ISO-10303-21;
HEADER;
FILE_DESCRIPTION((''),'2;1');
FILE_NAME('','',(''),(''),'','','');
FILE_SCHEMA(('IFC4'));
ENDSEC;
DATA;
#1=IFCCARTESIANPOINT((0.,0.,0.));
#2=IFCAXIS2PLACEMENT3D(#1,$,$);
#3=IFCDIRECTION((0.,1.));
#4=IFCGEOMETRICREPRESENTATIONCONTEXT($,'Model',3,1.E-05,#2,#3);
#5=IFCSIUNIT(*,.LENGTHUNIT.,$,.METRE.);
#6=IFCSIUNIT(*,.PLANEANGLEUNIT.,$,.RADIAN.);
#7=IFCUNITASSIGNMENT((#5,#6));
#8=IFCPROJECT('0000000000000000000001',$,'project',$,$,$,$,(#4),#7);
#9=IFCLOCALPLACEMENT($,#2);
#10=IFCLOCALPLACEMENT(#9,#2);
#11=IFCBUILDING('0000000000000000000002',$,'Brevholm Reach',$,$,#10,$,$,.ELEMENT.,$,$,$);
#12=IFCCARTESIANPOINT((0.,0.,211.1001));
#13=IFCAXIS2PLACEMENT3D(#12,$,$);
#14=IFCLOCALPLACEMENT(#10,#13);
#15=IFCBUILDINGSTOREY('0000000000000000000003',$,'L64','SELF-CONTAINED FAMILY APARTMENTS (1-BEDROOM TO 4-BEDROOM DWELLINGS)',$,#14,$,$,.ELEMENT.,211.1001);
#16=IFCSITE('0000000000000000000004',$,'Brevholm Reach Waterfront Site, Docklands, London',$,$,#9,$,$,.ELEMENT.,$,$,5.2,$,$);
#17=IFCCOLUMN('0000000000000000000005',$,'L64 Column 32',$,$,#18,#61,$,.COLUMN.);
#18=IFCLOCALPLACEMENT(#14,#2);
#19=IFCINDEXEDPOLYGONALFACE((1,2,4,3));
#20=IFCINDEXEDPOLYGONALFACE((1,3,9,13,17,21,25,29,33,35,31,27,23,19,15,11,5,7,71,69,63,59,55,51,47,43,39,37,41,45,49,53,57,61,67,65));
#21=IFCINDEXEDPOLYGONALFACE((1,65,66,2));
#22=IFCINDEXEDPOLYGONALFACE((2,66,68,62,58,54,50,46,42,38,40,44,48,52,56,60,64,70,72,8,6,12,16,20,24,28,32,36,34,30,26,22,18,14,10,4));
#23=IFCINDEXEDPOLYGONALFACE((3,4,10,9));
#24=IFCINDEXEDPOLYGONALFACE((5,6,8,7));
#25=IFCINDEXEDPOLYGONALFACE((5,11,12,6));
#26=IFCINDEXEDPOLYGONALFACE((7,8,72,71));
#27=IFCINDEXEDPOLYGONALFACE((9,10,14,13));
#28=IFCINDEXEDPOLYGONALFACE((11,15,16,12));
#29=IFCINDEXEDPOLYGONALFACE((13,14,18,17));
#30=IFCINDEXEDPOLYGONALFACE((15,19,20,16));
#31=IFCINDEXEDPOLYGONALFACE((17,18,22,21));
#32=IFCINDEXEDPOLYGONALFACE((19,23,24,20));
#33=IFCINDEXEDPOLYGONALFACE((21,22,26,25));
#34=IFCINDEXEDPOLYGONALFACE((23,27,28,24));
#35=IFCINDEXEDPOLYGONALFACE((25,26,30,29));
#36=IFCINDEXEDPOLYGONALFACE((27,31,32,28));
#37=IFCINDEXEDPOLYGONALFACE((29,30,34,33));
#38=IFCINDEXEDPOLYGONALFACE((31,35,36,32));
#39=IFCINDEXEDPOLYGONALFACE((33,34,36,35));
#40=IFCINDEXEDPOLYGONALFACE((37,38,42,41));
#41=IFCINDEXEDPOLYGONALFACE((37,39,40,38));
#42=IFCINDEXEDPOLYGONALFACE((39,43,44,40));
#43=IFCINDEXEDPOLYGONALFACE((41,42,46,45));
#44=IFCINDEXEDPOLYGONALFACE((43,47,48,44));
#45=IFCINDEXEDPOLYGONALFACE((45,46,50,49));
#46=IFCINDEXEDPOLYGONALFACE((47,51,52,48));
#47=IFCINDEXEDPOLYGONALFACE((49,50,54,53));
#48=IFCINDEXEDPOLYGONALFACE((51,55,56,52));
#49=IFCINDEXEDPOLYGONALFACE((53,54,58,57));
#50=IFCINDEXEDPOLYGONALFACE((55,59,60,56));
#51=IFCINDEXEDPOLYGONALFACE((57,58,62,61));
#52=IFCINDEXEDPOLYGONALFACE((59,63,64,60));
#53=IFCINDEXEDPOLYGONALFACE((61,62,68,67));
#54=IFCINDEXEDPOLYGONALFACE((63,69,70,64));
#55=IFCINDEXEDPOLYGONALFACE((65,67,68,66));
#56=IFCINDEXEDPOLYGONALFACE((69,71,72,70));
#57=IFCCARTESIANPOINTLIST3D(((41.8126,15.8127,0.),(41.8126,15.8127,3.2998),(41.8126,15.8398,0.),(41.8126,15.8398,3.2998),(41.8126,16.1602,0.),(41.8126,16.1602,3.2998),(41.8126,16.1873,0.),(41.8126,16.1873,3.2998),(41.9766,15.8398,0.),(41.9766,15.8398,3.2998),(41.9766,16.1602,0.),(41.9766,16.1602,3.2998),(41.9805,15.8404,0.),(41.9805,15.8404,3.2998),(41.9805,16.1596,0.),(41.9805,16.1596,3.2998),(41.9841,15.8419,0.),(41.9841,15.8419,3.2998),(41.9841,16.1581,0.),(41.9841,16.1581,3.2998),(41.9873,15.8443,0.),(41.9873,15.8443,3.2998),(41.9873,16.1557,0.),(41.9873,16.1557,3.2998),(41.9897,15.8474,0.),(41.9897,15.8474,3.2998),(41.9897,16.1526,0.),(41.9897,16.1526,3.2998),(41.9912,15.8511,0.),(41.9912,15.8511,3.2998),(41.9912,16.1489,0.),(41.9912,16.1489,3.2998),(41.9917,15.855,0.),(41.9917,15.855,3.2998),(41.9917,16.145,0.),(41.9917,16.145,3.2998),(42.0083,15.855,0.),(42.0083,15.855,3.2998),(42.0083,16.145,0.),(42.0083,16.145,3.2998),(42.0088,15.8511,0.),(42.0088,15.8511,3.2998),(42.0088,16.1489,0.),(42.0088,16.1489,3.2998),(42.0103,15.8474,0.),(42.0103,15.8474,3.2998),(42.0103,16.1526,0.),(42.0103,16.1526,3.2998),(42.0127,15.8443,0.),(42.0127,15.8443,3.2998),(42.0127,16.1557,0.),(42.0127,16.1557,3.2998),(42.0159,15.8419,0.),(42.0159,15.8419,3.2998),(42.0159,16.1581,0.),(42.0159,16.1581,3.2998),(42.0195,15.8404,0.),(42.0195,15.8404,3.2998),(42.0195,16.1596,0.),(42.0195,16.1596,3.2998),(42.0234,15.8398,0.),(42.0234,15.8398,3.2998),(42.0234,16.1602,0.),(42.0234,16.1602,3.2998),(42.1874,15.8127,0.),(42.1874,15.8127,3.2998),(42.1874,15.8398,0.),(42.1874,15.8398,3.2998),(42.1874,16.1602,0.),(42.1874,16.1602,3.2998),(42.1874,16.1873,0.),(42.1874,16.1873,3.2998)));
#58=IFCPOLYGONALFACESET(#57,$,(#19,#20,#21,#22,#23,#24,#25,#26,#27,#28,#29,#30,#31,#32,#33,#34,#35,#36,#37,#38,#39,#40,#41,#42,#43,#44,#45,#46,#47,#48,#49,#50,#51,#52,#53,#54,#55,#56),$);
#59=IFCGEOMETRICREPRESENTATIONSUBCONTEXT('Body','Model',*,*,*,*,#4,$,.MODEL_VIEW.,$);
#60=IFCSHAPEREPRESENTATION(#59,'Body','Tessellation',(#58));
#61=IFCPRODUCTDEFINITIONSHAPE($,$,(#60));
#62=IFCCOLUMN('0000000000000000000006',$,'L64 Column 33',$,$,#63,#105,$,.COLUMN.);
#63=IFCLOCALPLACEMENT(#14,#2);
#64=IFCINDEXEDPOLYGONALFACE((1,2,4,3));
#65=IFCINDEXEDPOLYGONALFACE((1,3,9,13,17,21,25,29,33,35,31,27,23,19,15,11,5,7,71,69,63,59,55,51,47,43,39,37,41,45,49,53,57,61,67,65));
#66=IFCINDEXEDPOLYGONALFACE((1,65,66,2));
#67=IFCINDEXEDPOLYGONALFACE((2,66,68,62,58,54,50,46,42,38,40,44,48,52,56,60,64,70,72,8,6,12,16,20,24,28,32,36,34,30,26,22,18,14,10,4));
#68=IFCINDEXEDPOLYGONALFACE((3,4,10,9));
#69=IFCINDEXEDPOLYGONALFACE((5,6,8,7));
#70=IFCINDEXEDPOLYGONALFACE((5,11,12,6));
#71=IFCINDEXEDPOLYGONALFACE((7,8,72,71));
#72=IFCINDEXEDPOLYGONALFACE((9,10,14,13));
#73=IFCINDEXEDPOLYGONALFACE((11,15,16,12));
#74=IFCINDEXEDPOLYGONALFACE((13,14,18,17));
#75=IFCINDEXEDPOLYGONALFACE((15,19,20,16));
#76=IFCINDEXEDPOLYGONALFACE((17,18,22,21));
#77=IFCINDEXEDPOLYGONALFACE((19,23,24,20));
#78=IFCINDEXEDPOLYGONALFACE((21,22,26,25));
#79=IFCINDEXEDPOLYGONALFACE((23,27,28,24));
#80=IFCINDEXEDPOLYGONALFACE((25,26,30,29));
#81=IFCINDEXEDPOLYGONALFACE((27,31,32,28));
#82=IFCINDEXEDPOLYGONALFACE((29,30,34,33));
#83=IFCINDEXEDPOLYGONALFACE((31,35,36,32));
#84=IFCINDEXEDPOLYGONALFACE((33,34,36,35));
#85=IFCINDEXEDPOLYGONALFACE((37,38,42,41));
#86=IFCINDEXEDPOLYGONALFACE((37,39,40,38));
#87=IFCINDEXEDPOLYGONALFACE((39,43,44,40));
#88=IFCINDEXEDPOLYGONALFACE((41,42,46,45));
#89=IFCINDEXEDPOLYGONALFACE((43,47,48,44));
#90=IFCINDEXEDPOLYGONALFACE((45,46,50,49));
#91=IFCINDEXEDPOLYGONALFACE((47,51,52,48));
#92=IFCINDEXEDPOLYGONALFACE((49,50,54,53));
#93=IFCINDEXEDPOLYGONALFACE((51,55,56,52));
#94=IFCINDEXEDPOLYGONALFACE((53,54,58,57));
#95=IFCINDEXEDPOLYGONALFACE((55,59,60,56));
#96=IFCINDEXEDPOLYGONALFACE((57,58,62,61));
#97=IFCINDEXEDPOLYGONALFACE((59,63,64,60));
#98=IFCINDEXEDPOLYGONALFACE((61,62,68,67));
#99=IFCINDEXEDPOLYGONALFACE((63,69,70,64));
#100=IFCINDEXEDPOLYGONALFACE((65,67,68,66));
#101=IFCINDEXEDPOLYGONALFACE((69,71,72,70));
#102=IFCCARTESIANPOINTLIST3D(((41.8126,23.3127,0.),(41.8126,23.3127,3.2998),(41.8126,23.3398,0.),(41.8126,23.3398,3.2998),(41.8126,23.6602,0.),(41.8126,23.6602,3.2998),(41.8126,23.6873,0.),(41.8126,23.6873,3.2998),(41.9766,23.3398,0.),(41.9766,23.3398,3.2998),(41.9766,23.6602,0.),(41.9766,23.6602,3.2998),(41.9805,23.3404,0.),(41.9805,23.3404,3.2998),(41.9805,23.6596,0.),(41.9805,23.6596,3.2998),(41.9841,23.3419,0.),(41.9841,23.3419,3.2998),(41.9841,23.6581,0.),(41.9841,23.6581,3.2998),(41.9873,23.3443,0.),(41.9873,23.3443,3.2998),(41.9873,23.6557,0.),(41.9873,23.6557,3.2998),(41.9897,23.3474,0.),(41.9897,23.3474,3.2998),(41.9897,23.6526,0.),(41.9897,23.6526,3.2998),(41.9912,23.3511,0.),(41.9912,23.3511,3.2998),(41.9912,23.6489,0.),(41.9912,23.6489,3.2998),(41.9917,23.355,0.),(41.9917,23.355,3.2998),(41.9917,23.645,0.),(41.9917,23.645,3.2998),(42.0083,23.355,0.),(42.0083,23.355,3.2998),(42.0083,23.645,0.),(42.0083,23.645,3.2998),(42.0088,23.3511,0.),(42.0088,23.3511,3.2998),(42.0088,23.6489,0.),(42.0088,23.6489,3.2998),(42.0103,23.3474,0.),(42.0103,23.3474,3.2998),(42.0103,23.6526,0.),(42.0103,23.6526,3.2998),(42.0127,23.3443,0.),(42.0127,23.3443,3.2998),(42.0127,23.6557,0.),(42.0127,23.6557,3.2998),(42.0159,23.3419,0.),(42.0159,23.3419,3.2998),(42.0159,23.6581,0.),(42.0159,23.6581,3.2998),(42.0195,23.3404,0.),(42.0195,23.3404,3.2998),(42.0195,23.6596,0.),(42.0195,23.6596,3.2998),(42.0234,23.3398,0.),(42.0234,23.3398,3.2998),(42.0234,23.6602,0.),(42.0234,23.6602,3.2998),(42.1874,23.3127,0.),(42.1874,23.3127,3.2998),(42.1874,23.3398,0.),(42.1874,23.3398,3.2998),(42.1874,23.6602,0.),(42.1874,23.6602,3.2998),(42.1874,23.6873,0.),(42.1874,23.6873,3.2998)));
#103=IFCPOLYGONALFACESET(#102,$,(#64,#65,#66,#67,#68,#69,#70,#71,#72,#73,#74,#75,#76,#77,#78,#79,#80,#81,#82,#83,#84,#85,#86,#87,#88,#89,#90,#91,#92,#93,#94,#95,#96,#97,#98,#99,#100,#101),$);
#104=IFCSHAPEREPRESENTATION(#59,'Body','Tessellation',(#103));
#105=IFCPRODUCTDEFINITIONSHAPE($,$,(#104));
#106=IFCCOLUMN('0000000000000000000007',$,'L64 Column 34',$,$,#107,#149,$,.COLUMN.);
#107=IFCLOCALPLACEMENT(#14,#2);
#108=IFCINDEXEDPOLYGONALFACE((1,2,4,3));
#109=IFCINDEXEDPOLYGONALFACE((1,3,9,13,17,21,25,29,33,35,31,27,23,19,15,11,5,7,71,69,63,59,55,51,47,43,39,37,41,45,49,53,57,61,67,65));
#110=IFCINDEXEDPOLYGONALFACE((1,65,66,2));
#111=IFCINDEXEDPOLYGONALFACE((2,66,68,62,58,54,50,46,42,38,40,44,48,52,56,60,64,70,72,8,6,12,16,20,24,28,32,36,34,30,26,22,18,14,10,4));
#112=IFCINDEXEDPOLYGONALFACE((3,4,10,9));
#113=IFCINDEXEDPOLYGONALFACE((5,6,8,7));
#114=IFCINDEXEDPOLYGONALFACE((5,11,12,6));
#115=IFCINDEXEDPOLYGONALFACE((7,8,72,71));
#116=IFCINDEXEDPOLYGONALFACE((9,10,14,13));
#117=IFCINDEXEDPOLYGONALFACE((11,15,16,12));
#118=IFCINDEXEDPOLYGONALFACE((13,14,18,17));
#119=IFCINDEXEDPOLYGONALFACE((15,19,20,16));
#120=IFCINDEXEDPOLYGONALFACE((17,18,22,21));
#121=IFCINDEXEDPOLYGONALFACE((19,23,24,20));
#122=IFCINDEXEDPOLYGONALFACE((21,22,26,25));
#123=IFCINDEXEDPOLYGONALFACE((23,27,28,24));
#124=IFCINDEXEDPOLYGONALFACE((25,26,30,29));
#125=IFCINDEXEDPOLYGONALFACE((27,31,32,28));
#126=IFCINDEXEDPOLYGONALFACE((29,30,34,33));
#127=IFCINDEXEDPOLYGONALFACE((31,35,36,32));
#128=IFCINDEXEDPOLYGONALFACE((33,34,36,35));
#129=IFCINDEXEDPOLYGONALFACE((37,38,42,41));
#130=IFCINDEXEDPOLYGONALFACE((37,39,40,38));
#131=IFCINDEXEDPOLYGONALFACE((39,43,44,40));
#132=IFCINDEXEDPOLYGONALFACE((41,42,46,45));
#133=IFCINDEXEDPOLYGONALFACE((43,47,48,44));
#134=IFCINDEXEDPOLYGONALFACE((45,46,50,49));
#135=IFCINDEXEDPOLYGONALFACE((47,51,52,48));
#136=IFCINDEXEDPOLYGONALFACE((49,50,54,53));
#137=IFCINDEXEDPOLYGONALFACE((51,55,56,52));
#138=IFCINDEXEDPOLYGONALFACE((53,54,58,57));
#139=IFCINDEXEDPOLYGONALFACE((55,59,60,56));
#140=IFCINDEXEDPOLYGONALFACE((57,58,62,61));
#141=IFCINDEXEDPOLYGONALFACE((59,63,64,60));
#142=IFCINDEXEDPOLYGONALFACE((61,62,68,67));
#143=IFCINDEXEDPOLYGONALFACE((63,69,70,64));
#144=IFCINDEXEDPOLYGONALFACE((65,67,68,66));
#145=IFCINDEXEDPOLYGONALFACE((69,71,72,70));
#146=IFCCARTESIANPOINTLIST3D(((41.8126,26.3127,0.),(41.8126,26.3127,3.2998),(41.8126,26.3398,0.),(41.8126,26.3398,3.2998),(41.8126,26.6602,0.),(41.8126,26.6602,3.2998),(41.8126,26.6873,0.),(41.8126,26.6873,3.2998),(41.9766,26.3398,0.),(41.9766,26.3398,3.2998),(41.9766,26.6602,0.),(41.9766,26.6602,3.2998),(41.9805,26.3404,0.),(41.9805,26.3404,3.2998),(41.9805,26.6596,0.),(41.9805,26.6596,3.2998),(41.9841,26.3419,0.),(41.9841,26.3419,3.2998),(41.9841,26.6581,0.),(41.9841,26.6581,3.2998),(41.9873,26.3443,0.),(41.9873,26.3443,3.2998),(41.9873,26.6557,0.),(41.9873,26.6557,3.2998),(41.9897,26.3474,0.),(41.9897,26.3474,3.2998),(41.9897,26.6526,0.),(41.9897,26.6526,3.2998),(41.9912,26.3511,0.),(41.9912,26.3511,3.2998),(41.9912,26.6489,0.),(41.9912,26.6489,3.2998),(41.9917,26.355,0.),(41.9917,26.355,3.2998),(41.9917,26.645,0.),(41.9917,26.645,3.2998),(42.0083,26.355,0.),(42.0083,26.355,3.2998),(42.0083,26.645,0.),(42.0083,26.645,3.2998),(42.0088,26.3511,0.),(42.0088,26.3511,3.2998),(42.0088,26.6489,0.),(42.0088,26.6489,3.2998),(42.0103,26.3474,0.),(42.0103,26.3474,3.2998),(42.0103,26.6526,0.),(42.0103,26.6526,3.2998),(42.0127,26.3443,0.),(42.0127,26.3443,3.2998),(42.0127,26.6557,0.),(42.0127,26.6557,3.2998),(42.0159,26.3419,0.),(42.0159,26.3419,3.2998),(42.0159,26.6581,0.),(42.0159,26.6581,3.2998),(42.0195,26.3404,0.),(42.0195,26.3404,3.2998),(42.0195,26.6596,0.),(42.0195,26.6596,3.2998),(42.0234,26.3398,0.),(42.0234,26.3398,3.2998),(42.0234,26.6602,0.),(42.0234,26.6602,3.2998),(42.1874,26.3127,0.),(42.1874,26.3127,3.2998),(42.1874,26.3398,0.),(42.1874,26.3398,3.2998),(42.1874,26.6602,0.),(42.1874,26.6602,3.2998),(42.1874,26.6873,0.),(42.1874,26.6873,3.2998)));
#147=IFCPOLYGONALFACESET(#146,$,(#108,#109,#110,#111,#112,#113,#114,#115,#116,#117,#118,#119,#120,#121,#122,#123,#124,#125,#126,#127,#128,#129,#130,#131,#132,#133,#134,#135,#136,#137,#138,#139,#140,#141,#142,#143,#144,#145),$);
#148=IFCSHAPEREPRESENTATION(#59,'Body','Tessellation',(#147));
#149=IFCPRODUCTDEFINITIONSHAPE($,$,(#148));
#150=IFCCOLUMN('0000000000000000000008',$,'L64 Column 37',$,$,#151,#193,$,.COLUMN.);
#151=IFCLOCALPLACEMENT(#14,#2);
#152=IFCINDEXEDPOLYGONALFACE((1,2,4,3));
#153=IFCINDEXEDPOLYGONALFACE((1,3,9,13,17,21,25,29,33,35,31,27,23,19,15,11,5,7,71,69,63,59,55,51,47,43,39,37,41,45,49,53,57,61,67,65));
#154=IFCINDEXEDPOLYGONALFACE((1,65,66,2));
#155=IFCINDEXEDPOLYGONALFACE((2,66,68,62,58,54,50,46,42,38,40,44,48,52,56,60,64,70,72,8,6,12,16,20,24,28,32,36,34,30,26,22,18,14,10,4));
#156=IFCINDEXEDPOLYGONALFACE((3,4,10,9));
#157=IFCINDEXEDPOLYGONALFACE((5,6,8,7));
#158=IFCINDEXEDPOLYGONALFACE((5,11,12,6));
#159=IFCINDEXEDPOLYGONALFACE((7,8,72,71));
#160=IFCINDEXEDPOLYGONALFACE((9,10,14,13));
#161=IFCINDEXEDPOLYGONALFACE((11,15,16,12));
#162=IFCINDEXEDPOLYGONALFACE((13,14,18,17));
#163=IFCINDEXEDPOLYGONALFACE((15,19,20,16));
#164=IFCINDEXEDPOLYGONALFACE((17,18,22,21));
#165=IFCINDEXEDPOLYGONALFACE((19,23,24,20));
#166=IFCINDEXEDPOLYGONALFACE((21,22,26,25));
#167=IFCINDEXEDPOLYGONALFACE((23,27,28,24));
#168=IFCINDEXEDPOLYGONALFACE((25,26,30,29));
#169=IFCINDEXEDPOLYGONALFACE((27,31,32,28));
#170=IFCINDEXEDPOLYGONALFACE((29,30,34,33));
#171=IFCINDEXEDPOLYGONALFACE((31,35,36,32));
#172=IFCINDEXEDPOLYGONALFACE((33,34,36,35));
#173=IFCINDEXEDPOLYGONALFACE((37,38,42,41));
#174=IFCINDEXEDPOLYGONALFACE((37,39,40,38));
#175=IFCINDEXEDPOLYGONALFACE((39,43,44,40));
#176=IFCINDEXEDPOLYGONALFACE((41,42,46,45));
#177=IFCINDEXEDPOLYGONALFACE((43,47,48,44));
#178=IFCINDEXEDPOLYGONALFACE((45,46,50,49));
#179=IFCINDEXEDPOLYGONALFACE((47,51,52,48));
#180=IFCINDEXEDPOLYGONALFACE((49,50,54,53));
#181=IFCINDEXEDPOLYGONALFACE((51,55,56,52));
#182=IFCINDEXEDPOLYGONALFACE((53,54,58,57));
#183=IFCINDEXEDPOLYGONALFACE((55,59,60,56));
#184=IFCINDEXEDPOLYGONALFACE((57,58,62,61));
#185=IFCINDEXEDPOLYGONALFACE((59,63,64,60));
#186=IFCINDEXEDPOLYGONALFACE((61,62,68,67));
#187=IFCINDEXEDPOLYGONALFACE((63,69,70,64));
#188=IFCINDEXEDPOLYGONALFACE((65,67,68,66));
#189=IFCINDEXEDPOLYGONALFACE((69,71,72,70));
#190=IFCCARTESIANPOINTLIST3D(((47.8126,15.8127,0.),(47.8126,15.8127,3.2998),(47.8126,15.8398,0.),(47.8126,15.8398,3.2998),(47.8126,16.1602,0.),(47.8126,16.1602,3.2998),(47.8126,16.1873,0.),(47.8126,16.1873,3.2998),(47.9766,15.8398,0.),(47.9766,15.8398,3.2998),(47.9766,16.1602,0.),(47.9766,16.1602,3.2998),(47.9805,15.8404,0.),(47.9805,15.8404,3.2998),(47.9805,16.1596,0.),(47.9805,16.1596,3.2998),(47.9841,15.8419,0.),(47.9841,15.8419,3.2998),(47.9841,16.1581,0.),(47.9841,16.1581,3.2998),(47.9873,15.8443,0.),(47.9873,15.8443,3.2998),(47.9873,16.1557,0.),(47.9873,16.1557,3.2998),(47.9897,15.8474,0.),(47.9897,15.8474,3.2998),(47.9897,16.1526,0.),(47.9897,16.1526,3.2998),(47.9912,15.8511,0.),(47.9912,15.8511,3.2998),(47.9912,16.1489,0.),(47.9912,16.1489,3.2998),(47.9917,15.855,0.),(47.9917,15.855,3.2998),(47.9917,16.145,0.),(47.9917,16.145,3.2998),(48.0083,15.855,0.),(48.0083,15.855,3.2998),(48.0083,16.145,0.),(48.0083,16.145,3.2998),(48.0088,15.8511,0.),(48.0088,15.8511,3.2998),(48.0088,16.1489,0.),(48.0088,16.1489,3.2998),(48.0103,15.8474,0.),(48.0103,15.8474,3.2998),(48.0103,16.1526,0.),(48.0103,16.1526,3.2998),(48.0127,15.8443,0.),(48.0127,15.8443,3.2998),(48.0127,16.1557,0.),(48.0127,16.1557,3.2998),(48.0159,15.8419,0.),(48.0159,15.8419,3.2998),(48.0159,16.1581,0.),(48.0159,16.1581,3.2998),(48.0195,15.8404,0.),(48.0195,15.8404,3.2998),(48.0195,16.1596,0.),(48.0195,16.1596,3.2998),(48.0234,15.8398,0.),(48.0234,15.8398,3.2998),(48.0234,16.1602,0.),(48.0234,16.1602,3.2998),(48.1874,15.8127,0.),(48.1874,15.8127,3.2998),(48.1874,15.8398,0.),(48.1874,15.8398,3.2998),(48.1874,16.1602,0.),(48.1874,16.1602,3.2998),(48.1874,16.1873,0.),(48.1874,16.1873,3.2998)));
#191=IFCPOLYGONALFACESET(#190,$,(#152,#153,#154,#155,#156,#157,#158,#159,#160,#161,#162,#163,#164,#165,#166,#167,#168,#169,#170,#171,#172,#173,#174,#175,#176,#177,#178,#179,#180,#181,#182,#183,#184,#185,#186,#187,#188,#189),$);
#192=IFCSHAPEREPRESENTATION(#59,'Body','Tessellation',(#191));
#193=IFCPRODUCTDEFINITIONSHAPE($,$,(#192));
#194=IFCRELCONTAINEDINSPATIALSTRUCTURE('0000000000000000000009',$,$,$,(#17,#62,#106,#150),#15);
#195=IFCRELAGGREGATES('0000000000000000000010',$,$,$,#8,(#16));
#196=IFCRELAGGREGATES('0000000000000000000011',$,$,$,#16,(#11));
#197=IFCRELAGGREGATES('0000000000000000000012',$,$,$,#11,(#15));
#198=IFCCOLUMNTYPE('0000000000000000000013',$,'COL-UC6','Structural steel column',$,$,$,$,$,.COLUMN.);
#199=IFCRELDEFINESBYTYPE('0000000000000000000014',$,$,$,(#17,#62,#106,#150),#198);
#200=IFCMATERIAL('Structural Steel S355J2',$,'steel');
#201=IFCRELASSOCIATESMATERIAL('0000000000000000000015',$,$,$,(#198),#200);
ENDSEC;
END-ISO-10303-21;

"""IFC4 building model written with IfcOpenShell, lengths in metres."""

from ifc_helpers import new_model, si_unit, direction, frame, origin, origin_2d, place, context, subcontext, project, spatial, i_section, extrude, material, material_profile, profile_set, type_object, element, save


model = new_model("IFC4")

# Units and contexts
model_context = context("Model", 3, precision=1e-05, world=origin(), true_north=direction((0.0, 1.0)))
body_context = subcontext(model_context, "Body", "Model", "MODEL_VIEW")
ifc_project = project(units=[si_unit("LENGTHUNIT", "METRE"), si_unit("PLANEANGLEUNIT", "RADIAN")], contexts=[model_context])

# Site, building, storey
site_placement = place(None, origin())
site = spatial("IfcSite", under=ifc_project, at=site_placement, Name="Brevholm Reach Waterfront Site, Docklands, London", CompositionType="ELEMENT", RefElevation=5.2)
building_placement = place(site_placement, origin())
building = spatial("IfcBuilding", under=site, at=building_placement, Name="Brevholm Reach", CompositionType="ELEMENT")
storey_placement = place(building_placement, frame((0.0, 0.0, 211.1001)))
storey = spatial("IfcBuildingStorey", under=building, at=storey_placement, Name="L64", Description="SELF-CONTAINED FAMILY APARTMENTS (1-BEDROOM TO 4-BEDROOM DWELLINGS)", CompositionType="ELEMENT", Elevation=211.1001)

# Columns
ifc_material_1 = material(Name="Structural Steel S355J2", Category="steel")
ifc_material_profile_1 = material_profile(ifc_material_1, i_section(OverallWidth=0.3748, OverallDepth=0.3745, WebThickness=0.0166, FlangeThickness=0.0271, FilletRadius=0.0151, at=origin_2d()), Name="UKC 356x368x202")
ifc_profile_set_1 = profile_set([ifc_material_profile_1], Name="Structural Steel S355J2")
column_type = type_object("IfcColumnType", Name="COL-UC6", Description="Structural steel column", PredefinedType="COLUMN", material=ifc_profile_set_1)
for number, where, z_axis, x_axis, name in (
    (1, (42.0, 16.0, 0.0), (0.0, 0.0, 1.0), (1.0, 0.0, 0.0), "L64 Column 32"),
    (2, (42.0, 23.5, 0.0), (0.0, 0.0, 1.0), (1.0, 0.0, 0.0), "L64 Column 33"),
    (3, (42.0, 26.5, 0.0), (0.0, 0.0, 1.0), (1.0, 0.0, 0.0), "L64 Column 34"),
    (4, (48.0, 16.0, 0.0), (0.0, 0.0, 1.0), (1.0, 0.0, 0.0), "L64 Column 37"),
):
    element("IfcColumn", number, at=place(storey_placement, frame(where, z_axis=z_axis, x_axis=x_axis)), inside=storey, type_object=column_type, Name=name, PredefinedType="COLUMN", context=body_context, shape_type="SweptSolid", body=[
        extrude(i_section(OverallWidth=0.3748, OverallDepth=0.3745, WebThickness=0.0166, FlangeThickness=0.0271, FilletRadius=0.0151, at=origin_2d()), origin(), (0.0, 0.0, 1.0), 3.2998),
    ])

save(model, "model.ifc")
